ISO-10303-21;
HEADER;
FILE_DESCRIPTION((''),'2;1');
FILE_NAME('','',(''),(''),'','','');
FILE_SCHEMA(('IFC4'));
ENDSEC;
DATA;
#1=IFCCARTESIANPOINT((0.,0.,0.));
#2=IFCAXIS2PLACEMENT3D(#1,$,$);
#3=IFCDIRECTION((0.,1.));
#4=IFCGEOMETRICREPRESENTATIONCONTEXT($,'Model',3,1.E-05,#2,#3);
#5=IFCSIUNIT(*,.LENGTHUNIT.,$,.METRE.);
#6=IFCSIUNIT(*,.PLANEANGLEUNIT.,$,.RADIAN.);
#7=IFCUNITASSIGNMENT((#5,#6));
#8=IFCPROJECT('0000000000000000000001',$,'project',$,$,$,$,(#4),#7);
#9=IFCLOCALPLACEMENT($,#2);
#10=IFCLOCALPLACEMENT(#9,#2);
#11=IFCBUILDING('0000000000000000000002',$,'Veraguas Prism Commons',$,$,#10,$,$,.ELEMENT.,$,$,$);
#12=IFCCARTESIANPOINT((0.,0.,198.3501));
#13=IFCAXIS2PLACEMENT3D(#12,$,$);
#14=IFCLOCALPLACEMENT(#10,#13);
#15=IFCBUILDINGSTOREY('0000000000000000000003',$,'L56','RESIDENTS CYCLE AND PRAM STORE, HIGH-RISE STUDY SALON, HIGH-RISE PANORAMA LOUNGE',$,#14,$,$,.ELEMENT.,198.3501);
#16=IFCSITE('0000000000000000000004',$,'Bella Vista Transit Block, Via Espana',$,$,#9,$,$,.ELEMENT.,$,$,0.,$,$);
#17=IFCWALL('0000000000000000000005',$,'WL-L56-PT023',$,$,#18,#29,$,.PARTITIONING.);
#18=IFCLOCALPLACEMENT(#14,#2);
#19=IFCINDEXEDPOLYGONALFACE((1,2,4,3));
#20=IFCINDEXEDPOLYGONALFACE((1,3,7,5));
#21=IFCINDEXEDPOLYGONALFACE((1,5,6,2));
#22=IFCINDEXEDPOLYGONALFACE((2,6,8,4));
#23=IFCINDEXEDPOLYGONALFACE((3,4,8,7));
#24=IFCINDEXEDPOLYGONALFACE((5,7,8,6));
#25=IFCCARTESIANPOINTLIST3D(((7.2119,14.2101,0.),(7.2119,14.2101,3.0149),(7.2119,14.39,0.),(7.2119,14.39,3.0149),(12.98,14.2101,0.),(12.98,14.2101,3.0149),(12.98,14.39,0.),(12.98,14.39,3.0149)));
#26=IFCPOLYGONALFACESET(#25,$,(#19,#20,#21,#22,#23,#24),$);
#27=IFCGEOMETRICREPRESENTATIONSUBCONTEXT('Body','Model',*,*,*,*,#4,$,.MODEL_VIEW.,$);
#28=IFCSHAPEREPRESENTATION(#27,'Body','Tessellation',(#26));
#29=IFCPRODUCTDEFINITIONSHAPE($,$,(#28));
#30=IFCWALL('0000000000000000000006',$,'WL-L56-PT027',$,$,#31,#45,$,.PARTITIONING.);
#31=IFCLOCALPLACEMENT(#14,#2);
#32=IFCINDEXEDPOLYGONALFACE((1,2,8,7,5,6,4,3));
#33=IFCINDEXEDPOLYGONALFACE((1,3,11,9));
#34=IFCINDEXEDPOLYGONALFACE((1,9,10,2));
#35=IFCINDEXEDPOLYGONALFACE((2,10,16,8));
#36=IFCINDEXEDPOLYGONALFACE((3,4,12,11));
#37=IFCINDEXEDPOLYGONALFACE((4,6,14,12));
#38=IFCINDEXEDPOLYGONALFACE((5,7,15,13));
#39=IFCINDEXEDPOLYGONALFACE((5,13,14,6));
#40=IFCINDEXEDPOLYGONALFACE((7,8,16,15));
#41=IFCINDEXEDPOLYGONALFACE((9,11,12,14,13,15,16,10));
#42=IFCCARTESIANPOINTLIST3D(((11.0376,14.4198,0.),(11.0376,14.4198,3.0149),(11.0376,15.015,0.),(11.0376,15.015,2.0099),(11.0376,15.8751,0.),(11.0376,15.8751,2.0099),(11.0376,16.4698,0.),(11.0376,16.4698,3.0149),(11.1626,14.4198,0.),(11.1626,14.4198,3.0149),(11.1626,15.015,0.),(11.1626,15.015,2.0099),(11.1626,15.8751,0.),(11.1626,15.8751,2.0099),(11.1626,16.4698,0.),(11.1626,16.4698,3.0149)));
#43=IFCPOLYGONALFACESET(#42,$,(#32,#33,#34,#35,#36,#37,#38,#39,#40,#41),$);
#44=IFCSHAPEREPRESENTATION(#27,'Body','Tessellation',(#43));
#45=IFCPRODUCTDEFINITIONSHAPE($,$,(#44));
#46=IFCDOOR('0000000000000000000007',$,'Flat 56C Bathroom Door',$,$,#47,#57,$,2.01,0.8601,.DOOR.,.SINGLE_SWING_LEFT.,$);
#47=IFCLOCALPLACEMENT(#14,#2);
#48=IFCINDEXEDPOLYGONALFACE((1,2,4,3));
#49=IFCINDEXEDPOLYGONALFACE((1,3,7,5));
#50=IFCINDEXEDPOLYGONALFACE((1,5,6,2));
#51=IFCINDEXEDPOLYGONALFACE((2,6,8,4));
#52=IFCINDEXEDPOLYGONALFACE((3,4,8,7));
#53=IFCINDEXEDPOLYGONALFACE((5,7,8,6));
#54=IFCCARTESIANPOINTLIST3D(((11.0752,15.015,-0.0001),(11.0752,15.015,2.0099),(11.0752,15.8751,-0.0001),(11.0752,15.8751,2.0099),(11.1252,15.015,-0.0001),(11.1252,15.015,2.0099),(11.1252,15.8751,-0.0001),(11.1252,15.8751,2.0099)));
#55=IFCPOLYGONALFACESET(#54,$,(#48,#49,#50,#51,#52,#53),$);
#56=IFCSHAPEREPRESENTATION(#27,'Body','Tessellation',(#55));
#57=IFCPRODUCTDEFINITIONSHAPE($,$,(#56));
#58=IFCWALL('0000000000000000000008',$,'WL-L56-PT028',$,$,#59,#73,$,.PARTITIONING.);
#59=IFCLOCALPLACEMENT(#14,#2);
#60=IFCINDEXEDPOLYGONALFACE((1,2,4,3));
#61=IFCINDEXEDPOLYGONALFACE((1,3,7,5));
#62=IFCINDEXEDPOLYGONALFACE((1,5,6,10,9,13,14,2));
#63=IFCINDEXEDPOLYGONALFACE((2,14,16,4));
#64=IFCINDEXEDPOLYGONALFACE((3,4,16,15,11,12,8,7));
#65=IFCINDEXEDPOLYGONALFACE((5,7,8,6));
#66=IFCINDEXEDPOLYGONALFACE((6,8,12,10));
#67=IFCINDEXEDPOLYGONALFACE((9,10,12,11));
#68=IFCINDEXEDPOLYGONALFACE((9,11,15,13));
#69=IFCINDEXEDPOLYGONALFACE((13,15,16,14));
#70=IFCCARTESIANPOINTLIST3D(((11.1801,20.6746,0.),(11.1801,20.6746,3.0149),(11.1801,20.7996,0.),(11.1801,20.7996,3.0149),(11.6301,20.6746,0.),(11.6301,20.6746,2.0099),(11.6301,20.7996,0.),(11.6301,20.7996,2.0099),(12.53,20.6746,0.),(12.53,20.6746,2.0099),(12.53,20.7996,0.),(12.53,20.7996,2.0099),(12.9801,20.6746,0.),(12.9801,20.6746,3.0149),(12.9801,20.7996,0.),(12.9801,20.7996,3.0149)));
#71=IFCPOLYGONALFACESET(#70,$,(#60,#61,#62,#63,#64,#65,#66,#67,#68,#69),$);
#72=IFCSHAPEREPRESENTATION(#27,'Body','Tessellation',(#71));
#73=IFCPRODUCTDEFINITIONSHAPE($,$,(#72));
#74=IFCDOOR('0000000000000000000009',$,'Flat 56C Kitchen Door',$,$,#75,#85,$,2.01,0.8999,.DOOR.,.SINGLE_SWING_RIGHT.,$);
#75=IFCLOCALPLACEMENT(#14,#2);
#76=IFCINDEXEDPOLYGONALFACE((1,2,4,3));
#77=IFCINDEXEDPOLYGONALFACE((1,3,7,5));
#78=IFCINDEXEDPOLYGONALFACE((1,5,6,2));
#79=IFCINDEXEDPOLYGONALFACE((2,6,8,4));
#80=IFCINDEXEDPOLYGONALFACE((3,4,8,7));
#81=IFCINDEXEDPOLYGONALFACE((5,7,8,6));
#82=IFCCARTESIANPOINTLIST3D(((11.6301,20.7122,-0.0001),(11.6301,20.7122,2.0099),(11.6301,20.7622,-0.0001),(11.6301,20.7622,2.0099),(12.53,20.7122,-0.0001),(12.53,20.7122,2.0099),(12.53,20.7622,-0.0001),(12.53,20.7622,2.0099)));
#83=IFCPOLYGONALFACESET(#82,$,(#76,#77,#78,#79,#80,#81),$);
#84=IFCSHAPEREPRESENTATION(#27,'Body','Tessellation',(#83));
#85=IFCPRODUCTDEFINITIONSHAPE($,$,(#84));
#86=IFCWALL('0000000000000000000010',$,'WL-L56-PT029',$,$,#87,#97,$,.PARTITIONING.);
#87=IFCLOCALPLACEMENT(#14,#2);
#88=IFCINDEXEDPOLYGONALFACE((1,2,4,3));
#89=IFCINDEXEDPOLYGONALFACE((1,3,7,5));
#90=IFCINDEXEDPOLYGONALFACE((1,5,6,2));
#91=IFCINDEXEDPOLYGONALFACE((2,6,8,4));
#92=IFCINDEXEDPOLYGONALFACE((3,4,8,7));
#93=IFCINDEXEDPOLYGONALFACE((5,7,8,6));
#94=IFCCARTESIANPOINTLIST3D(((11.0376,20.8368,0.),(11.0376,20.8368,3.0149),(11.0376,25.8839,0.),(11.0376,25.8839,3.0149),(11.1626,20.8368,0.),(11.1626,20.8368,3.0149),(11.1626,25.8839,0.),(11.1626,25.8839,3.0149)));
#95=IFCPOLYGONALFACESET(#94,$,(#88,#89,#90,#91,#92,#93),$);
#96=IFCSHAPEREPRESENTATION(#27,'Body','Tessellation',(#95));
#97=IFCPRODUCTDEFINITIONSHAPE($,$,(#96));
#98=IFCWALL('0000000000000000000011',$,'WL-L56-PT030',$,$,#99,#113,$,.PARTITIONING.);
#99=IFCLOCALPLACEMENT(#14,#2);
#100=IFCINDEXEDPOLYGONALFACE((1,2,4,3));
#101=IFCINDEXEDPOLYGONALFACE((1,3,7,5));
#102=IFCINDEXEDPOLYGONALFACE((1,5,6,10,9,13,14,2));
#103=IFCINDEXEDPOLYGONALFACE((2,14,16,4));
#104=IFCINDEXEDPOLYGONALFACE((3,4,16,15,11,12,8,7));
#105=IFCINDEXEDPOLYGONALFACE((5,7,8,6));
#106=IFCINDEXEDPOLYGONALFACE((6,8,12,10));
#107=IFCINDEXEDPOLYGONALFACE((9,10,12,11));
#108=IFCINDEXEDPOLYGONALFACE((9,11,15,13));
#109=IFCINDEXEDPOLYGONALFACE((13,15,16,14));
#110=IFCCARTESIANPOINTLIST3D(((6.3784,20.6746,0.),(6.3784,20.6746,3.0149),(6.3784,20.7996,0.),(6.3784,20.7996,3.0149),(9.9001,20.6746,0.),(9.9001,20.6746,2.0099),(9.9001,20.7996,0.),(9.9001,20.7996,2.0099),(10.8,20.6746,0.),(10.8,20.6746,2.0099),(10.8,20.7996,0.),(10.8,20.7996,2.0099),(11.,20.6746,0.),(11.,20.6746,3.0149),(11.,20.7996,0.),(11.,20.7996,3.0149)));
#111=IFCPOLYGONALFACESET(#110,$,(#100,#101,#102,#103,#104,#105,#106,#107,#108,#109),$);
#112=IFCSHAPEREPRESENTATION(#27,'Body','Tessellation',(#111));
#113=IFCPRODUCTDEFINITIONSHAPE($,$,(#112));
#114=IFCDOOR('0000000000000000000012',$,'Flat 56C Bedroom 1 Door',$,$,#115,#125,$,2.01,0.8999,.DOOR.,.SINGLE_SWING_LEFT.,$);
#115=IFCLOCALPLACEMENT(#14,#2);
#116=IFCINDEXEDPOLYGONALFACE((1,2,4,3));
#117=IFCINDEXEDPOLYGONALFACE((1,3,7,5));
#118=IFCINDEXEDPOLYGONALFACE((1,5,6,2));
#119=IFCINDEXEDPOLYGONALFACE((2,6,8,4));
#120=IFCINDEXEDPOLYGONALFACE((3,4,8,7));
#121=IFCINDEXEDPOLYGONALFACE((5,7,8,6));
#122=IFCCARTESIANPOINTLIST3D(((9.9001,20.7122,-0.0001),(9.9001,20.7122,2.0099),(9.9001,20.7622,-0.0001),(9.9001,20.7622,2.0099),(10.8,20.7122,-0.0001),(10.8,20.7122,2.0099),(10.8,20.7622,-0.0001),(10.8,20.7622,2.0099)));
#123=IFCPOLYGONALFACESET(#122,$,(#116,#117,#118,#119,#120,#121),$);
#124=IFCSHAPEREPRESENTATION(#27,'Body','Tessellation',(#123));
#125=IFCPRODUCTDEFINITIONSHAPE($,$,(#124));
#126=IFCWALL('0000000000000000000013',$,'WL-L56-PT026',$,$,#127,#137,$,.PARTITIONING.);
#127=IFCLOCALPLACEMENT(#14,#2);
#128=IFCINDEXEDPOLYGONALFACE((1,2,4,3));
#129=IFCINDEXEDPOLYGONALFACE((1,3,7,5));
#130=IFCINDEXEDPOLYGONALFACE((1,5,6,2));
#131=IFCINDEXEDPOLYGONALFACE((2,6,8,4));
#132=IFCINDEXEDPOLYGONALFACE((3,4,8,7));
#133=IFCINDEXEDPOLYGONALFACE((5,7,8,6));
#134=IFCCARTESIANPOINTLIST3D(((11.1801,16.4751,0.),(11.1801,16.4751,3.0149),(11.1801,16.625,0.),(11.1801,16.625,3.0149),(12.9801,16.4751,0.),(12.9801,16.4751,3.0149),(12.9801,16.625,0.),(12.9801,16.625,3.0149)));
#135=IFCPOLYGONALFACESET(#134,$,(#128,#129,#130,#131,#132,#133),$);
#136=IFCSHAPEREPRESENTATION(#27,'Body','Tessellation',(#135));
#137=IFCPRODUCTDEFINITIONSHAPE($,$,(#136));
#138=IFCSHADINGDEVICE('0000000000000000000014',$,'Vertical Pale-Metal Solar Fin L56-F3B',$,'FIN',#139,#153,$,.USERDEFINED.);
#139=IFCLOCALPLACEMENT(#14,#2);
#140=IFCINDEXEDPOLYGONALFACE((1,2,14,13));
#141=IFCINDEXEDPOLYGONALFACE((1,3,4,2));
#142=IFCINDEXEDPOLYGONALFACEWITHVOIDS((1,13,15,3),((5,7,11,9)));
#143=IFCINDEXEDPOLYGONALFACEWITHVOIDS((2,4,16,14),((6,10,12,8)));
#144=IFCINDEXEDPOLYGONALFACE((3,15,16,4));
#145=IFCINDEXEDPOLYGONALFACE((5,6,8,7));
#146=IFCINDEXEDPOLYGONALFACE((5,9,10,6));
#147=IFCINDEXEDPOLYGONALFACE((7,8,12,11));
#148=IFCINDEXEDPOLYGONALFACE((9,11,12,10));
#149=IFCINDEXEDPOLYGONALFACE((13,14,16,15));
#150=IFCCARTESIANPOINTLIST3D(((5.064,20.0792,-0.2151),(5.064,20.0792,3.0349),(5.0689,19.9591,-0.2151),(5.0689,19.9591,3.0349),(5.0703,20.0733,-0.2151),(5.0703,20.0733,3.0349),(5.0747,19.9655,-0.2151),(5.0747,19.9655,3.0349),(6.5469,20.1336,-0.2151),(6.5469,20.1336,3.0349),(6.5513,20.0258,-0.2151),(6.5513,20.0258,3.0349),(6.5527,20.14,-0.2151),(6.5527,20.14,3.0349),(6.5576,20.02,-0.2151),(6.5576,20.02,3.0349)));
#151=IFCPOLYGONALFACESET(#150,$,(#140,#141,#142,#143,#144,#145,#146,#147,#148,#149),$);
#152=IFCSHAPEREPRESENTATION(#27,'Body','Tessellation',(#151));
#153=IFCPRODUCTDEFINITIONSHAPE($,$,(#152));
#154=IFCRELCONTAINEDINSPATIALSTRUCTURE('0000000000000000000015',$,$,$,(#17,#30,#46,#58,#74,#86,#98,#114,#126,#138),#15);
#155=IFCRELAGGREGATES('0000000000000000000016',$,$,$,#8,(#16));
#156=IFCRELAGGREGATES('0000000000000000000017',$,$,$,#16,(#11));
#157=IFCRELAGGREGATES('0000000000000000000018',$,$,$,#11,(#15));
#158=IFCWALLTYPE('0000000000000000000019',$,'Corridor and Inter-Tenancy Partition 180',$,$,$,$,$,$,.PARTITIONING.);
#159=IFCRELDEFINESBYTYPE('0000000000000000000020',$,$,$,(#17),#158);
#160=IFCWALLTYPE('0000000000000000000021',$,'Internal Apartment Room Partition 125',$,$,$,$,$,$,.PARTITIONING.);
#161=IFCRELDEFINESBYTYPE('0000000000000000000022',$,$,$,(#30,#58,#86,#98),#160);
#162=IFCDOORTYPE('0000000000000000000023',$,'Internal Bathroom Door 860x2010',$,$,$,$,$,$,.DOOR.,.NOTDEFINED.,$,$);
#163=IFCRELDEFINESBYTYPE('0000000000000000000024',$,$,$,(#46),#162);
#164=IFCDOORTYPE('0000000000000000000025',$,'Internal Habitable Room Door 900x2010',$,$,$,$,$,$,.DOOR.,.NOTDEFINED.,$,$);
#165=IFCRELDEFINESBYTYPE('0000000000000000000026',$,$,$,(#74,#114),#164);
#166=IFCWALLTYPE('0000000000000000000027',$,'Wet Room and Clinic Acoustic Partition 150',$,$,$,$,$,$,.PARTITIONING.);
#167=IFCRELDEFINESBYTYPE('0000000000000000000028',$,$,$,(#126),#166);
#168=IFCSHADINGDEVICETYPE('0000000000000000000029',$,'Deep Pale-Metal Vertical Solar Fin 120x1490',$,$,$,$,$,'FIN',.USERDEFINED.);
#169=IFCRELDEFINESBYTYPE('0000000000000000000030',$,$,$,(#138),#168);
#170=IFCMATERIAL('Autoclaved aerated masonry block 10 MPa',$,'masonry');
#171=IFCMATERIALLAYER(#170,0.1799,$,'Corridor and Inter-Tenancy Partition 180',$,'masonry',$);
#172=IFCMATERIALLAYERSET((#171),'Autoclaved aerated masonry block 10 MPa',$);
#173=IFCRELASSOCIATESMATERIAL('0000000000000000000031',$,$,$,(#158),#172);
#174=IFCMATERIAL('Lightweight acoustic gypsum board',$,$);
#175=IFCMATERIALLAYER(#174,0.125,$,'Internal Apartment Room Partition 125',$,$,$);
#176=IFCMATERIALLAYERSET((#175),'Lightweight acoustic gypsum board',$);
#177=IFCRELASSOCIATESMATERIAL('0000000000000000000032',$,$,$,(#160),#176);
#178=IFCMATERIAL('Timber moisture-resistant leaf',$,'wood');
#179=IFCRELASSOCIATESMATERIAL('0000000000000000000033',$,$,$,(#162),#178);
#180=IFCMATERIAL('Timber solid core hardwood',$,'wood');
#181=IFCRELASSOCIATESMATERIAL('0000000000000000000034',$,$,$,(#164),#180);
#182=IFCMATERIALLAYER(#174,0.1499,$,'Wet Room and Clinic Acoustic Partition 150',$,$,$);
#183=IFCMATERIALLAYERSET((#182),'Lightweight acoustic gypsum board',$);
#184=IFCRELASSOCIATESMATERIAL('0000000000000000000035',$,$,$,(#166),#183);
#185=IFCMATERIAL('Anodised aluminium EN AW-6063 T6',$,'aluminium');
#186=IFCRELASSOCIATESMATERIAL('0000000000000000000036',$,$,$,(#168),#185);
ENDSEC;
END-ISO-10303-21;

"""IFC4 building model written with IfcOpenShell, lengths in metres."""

from ifc_helpers import new_model, si_unit, direction, frame, frame_2d, origin, origin_2d, place, context, subcontext, project, spatial, rectangle, hollow_rectangle, extrude, source, transform, mapped, material, layer, layer_set, material_profile, profile_set, type_object, element, fill, save


model = new_model("IFC4")

# Units and contexts
model_context = context("Model", 3, precision=1e-05, world=origin(), true_north=direction((0.0, 1.0)))
body_context = subcontext(model_context, "Body", "Model", "MODEL_VIEW")
ifc_project = project(units=[si_unit("LENGTHUNIT", "METRE"), si_unit("PLANEANGLEUNIT", "RADIAN")], contexts=[model_context])

# Site, building, storey
site_placement = place(None, origin())
site = spatial("IfcSite", under=ifc_project, at=site_placement, Name="Bella Vista Transit Block, Via Espana", CompositionType="ELEMENT", RefElevation=0.0)
building_placement = place(site_placement, origin())
building = spatial("IfcBuilding", under=site, at=building_placement, Name="Veraguas Prism Commons", CompositionType="ELEMENT")
storey_placement = place(building_placement, frame((0.0, 0.0, 198.3501)))
storey = spatial("IfcBuildingStorey", under=building, at=storey_placement, Name="L56", Description="RESIDENTS CYCLE AND PRAM STORE, HIGH-RISE STUDY SALON, HIGH-RISE PANORAMA LOUNGE", CompositionType="ELEMENT", Elevation=198.3501)

# Shared definitions
ifc_material_1 = material(Name="Anodised aluminium EN AW-6063 T6", Category="aluminium")

# Wall
ifc_material_2 = material(Name="Autoclaved aerated masonry block 10 MPa", Category="masonry")
ifc_layer_1 = layer(ifc_material_2, 0.1799, Name="Corridor and Inter-Tenancy Partition 180", Category="masonry")
ifc_layer_set_1 = layer_set([ifc_layer_1], Name="Autoclaved aerated masonry block 10 MPa")
wall_type_1 = type_object("IfcWallType", Name="Corridor and Inter-Tenancy Partition 180", PredefinedType="PARTITIONING", material=ifc_layer_set_1)
wall_1_placement = place(storey_placement, frame((12.98, 14.3, 0.0), z_axis=(0.0, 0.0, 1.0), x_axis=(-1.0, 0.0, 0.0)))
element("IfcWall", 1, at=wall_1_placement, inside=storey, type_object=wall_type_1, Name="WL-L56-PT023", PredefinedType="PARTITIONING", context=body_context, shape_type="SweptSolid", body=[
    extrude(rectangle(XDim=5.7681, YDim=0.1799, at=frame_2d((2.884, 0.0))), origin(), (0.0, 0.0, 1.0), 3.0149),
])

# Walls, openings, doors
ifc_material_3 = material(Name="Lightweight acoustic gypsum board")
ifc_layer_2 = layer(ifc_material_3, 0.125, Name="Internal Apartment Room Partition 125")
ifc_layer_set_2 = layer_set([ifc_layer_2], Name="Lightweight acoustic gypsum board")
wall_type_2 = type_object("IfcWallType", Name="Internal Apartment Room Partition 125", PredefinedType="PARTITIONING", material=ifc_layer_set_2)
wall_2_placement = place(storey_placement, frame((11.1001, 14.4199, 0.0), z_axis=(0.0, 0.0, 1.0), x_axis=(0.0, 1.0, 0.0)))
wall_2 = element("IfcWall", 2, at=wall_2_placement, inside=storey, type_object=wall_type_2, Name="WL-L56-PT027", PredefinedType="PARTITIONING", context=body_context, shape_type="SweptSolid", body=[
    extrude(rectangle(XDim=2.05, YDim=0.125, at=frame_2d((1.0249, 0.0))), origin(), (0.0, 0.0, 1.0), 3.0149),
])
opening_1_placement = place(wall_2_placement, frame((0.595, 0.0, 0.0)))
opening_1 = element("IfcOpeningElement", 3, at=opening_1_placement, cuts=wall_2, PredefinedType="OPENING", context=body_context, shape_type="SweptSolid", body=[
    extrude(rectangle(XDim=0.8601, YDim=2.01, at=frame_2d((0.4302, 1.0049))), frame((0.0, 0.0725, 0.0), z_axis=(0.0, -1.0, 0.0), x_axis=(1.0, 0.0, 0.0)), (0.0, 0.0, 1.0), 0.145),
])
ifc_material_4 = material(Name="Timber moisture-resistant leaf", Category="wood")
door_type_1 = type_object("IfcDoorType", Name="Internal Bathroom Door 860x2010", OperationType="NOTDEFINED", PredefinedType="DOOR", material=ifc_material_4)
shared_shape_1 = source(origin(), body_context, "Body", "SweptSolid", [
    extrude(rectangle(XDim=0.8601, YDim=2.01, at=frame_2d((0.4302, 1.0049))), frame((0.0, 0.0249, 0.0), z_axis=(0.0, -1.0, 0.0), x_axis=(1.0, 0.0, 0.0)), (0.0, 0.0, 1.0), 0.05),
])
door_1_placement = place(opening_1_placement, origin())
door_1 = element("IfcDoor", 4, at=door_1_placement, inside=storey, type_object=door_type_1, Name="Flat 56C Bathroom Door", OperationType="SINGLE_SWING_LEFT", OverallHeight=2.01, OverallWidth=0.8601, PredefinedType="DOOR", context=body_context, shape_type="MappedRepresentation", body=[
    mapped(shared_shape_1, transform((0.0, 0.0, 0.0), scale=1.0)),
])
fill(opening_1, door_1)
wall_3_placement = place(storey_placement, frame((12.98, 20.7371, 0.0), z_axis=(0.0, 0.0, 1.0), x_axis=(-1.0, 0.0, 0.0)))
wall_3 = element("IfcWall", 5, at=wall_3_placement, inside=storey, type_object=wall_type_2, Name="WL-L56-PT028", PredefinedType="PARTITIONING", context=body_context, shape_type="SweptSolid", body=[
    extrude(rectangle(XDim=1.8, YDim=0.125, at=frame_2d((0.8999, 0.0))), origin(), (0.0, 0.0, 1.0), 3.0149),
])
opening_2_placement = place(wall_3_placement, frame((0.45, 0.0, 0.0)))
opening_2 = element("IfcOpeningElement", 6, at=opening_2_placement, cuts=wall_3, PredefinedType="OPENING", context=body_context, shape_type="SweptSolid", body=[
    extrude(rectangle(XDim=0.8999, YDim=2.01, at=frame_2d((0.45, 1.0049))), frame((0.0, 0.0725, 0.0), z_axis=(0.0, -1.0, 0.0), x_axis=(1.0, 0.0, 0.0)), (0.0, 0.0, 1.0), 0.145),
])
ifc_material_5 = material(Name="Timber solid core hardwood", Category="wood")
door_type_2 = type_object("IfcDoorType", Name="Internal Habitable Room Door 900x2010", OperationType="NOTDEFINED", PredefinedType="DOOR", material=ifc_material_5)
shared_shape_2 = source(origin(), body_context, "Body", "SweptSolid", [
    extrude(rectangle(XDim=0.8999, YDim=2.01, at=frame_2d((0.45, 1.0049))), frame((0.0, 0.0249, 0.0), z_axis=(0.0, -1.0, 0.0), x_axis=(1.0, 0.0, 0.0)), (0.0, 0.0, 1.0), 0.05),
])
door_2_placement = place(opening_2_placement, origin())
door_2 = element("IfcDoor", 7, at=door_2_placement, inside=storey, type_object=door_type_2, Name="Flat 56C Kitchen Door", OperationType="SINGLE_SWING_RIGHT", OverallHeight=2.01, OverallWidth=0.8999, PredefinedType="DOOR", context=body_context, shape_type="MappedRepresentation", body=[
    mapped(shared_shape_2, transform((0.0, 0.0, 0.0), scale=1.0)),
])
fill(opening_2, door_2)

# Wall
wall_4_placement = place(storey_placement, frame((11.1001, 20.8369, 0.0), z_axis=(0.0, 0.0, 1.0), x_axis=(0.0, 1.0, 0.0)))
element("IfcWall", 8, at=wall_4_placement, inside=storey, type_object=wall_type_2, Name="WL-L56-PT029", PredefinedType="PARTITIONING", context=body_context, shape_type="SweptSolid", body=[
    extrude(rectangle(XDim=5.0471, YDim=0.125, at=frame_2d((2.5234, 0.0))), origin(), (0.0, 0.0, 1.0), 3.0149),
])

# Wall, opening, door
wall_5_placement = place(storey_placement, frame((11.0, 20.7371, 0.0), z_axis=(0.0, 0.0, 1.0), x_axis=(-1.0, 0.0, 0.0)))
wall_5 = element("IfcWall", 9, at=wall_5_placement, inside=storey, type_object=wall_type_2, Name="WL-L56-PT030", PredefinedType="PARTITIONING", context=body_context, shape_type="SweptSolid", body=[
    extrude(rectangle(XDim=4.6216, YDim=0.125, at=frame_2d((2.3108, 0.0))), origin(), (0.0, 0.0, 1.0), 3.0149),
])
opening_3_placement = place(wall_5_placement, frame((0.2, 0.0, 0.0)))
opening_3 = element("IfcOpeningElement", 10, at=opening_3_placement, cuts=wall_5, PredefinedType="OPENING", context=body_context, shape_type="SweptSolid", body=[
    extrude(rectangle(XDim=0.8999, YDim=2.01, at=frame_2d((0.45, 1.0049))), frame((0.0, 0.0725, 0.0), z_axis=(0.0, -1.0, 0.0), x_axis=(1.0, 0.0, 0.0)), (0.0, 0.0, 1.0), 0.145),
])
door_3_placement = place(opening_3_placement, origin())
door_3 = element("IfcDoor", 11, at=door_3_placement, inside=storey, type_object=door_type_2, Name="Flat 56C Bedroom 1 Door", OperationType="SINGLE_SWING_LEFT", OverallHeight=2.01, OverallWidth=0.8999, PredefinedType="DOOR", context=body_context, shape_type="MappedRepresentation", body=[
    mapped(shared_shape_2, transform((0.0, 0.0, 0.0), scale=1.0)),
])
fill(opening_3, door_3)

# Wall
ifc_layer_3 = layer(ifc_material_3, 0.1499, Name="Wet Room and Clinic Acoustic Partition 150")
ifc_layer_set_3 = layer_set([ifc_layer_3], Name="Lightweight acoustic gypsum board")
wall_type_3 = type_object("IfcWallType", Name="Wet Room and Clinic Acoustic Partition 150", PredefinedType="PARTITIONING", material=ifc_layer_set_3)
wall_6_placement = place(storey_placement, frame((12.98, 16.55, 0.0), z_axis=(0.0, 0.0, 1.0), x_axis=(-1.0, 0.0, 0.0)))
element("IfcWall", 12, at=wall_6_placement, inside=storey, type_object=wall_type_3, Name="WL-L56-PT026", PredefinedType="PARTITIONING", context=body_context, shape_type="SweptSolid", body=[
    extrude(rectangle(XDim=1.8, YDim=0.1499, at=frame_2d((0.8999, 0.0))), origin(), (0.0, 0.0, 1.0), 3.0149),
])

# Shading device
ifc_material_profile_1 = material_profile(ifc_material_1, hollow_rectangle(XDim=0.1201, YDim=1.49, WallThickness=0.0061, at=origin_2d()), Name="FIN120X1490X6")
ifc_profile_set_1 = profile_set([ifc_material_profile_1], Name="Anodised aluminium EN AW-6063 T6")
shading_device_type = type_object("IfcShadingDeviceType", Name="Deep Pale-Metal Vertical Solar Fin 120x1490", ElementType="FIN", PredefinedType="USERDEFINED", material=ifc_profile_set_1)
shading_device_placement = place(storey_placement, frame((5.8108, 20.0496, -0.2151), z_axis=(0.0, 0.0, 1.0), x_axis=(0.040824, -0.999166, 0.0)))
element("IfcShadingDevice", 13, at=shading_device_placement, inside=storey, type_object=shading_device_type, Name="Vertical Pale-Metal Solar Fin L56-F3B", ObjectType="FIN", PredefinedType="USERDEFINED", context=body_context, shape_type="SweptSolid", body=[
    extrude(hollow_rectangle(XDim=0.1201, YDim=1.49, WallThickness=0.0061, at=origin_2d()), origin(), (0.0, 0.0, 1.0), 3.25),
])

save(model, "model.ifc")
